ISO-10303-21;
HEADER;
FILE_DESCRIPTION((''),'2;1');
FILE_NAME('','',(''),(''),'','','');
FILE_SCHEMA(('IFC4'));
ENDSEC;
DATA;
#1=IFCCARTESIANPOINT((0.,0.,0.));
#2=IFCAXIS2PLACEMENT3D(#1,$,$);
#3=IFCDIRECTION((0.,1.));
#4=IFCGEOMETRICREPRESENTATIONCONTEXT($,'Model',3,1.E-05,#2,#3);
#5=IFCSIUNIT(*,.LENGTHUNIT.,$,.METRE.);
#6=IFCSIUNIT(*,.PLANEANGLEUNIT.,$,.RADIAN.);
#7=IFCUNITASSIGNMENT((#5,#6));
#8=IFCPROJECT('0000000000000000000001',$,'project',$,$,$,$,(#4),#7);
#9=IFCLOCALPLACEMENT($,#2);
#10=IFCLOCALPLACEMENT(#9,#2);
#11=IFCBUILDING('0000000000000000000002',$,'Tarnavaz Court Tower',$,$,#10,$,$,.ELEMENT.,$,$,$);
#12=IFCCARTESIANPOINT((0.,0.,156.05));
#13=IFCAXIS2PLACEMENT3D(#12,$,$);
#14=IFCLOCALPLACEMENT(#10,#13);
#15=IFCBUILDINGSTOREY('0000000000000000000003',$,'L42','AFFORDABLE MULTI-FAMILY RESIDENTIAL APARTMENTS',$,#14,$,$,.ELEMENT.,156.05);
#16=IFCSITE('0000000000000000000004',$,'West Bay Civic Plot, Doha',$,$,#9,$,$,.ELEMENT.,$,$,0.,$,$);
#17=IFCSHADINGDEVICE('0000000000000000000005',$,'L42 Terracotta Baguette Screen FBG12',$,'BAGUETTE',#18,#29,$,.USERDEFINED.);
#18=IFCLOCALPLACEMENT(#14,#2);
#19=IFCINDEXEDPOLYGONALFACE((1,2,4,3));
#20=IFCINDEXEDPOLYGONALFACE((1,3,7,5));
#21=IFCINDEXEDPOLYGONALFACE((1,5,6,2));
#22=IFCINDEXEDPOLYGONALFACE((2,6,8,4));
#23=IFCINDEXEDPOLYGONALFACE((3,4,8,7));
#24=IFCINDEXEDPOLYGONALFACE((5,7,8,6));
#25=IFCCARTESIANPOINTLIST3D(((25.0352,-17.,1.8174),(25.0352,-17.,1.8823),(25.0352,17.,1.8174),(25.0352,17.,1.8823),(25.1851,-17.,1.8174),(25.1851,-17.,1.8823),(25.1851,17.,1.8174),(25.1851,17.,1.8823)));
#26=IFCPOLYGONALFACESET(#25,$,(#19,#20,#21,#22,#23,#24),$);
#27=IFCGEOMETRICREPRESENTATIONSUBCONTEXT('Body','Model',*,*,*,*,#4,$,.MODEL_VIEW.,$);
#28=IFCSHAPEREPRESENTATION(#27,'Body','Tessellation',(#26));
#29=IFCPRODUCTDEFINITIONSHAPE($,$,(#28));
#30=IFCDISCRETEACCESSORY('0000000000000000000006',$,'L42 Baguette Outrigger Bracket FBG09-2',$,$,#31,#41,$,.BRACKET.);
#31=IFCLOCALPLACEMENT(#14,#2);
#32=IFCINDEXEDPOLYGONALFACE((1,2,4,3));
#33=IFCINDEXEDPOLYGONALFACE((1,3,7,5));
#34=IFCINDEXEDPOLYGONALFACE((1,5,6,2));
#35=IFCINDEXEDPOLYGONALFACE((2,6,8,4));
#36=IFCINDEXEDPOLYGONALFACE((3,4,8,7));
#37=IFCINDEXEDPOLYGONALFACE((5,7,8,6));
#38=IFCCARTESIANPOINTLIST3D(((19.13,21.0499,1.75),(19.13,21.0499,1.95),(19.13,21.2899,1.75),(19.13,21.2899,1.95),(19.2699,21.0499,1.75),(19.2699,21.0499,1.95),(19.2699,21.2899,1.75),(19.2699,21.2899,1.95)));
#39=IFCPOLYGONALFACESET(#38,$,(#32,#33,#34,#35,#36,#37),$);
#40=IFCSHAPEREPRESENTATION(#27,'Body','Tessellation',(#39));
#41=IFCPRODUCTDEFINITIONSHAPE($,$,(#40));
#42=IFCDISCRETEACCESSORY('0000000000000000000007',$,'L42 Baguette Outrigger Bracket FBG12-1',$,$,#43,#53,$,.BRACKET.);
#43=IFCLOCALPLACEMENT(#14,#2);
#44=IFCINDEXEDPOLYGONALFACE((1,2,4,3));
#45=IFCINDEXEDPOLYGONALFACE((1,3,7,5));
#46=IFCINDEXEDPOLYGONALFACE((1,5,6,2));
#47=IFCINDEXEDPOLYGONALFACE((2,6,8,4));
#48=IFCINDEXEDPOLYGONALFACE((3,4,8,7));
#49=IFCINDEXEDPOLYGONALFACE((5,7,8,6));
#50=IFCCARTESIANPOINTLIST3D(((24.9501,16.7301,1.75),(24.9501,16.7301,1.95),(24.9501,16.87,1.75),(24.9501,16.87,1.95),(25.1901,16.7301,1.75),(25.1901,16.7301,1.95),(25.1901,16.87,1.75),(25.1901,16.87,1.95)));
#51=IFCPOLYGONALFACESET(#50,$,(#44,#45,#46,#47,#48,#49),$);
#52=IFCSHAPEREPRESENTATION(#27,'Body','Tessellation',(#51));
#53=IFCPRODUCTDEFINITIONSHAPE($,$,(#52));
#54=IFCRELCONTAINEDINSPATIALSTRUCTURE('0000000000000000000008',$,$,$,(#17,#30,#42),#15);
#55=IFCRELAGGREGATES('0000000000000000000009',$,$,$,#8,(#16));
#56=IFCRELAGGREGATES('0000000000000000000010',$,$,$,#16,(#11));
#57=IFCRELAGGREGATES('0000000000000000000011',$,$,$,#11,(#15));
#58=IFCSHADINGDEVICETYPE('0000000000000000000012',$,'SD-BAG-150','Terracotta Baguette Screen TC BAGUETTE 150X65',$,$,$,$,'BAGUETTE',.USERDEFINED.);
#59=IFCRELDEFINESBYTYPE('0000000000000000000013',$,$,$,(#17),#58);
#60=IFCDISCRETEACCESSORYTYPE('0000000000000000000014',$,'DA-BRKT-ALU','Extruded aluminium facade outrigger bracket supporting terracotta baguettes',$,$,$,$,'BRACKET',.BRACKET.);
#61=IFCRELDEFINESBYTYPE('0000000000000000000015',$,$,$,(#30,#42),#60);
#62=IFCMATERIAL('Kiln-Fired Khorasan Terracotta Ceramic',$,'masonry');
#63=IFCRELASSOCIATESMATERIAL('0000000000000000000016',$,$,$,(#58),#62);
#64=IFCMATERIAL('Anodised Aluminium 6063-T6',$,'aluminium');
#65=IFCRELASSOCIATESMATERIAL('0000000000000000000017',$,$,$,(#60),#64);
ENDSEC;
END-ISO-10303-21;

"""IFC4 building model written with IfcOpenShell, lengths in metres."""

from ifc_helpers import new_model, si_unit, direction, frame, origin, origin_2d, place, context, subcontext, project, spatial, rectangle, extrude, material, material_profile, profile_set, type_object, element, save


model = new_model("IFC4")

# Units and contexts
model_context = context("Model", 3, precision=1e-05, world=origin(), true_north=direction((0.0, 1.0)))
body_context = subcontext(model_context, "Body", "Model", "MODEL_VIEW")
ifc_project = project(units=[si_unit("LENGTHUNIT", "METRE"), si_unit("PLANEANGLEUNIT", "RADIAN")], contexts=[model_context])

# Site, building, storey
site_placement = place(None, origin())
site = spatial("IfcSite", under=ifc_project, at=site_placement, Name="West Bay Civic Plot, Doha", CompositionType="ELEMENT", RefElevation=0.0)
building_placement = place(site_placement, origin())
building = spatial("IfcBuilding", under=site, at=building_placement, Name="Tarnavaz Court Tower", CompositionType="ELEMENT")
storey_placement = place(building_placement, frame((0.0, 0.0, 156.05)))
storey = spatial("IfcBuildingStorey", under=building, at=storey_placement, Name="L42", Description="AFFORDABLE MULTI-FAMILY RESIDENTIAL APARTMENTS", CompositionType="ELEMENT", Elevation=156.05)

# Shading device
ifc_material_1 = material(Name="Kiln-Fired Khorasan Terracotta Ceramic", Category="masonry")
ifc_material_profile_1 = material_profile(ifc_material_1, rectangle(XDim=0.1499, YDim=0.0649, at=origin_2d()), Name="TC BAGUETTE 150X65")
ifc_profile_set_1 = profile_set([ifc_material_profile_1], Name="Kiln-Fired Khorasan Terracotta Ceramic")
shading_device_type = type_object("IfcShadingDeviceType", Name="SD-BAG-150", Description="Terracotta Baguette Screen TC BAGUETTE 150X65", ElementType="BAGUETTE", PredefinedType="USERDEFINED", material=ifc_profile_set_1)
shading_device_placement = place(storey_placement, frame((25.1101, 17.0, 1.8499), z_axis=(0.0, -1.0, 0.0), x_axis=(1.0, 0.0, 0.0)))
element("IfcShadingDevice", 1, at=shading_device_placement, inside=storey, type_object=shading_device_type, Name="L42 Terracotta Baguette Screen FBG12", ObjectType="BAGUETTE", PredefinedType="USERDEFINED", context=body_context, shape_type="SweptSolid", body=[
    extrude(rectangle(XDim=0.1499, YDim=0.0649, at=origin_2d()), origin(), (0.0, 0.0, 1.0), 34.0),
])

# Discrete accessories
ifc_material_2 = material(Name="Anodised Aluminium 6063-T6", Category="aluminium")
discrete_accessory_type = type_object("IfcDiscreteAccessoryType", Name="DA-BRKT-ALU", Description="Extruded aluminium facade outrigger bracket supporting terracotta baguettes", ElementType="BRACKET", PredefinedType="BRACKET", material=ifc_material_2)
for number, where, z_axis, x_axis, name in (
    (2, (19.2, 21.1699, 1.75), (0.0, 0.0, 1.0), (1.0, 0.0, 0.0), "L42 Baguette Outrigger Bracket FBG09-2"),
    (3, (25.0701, 16.8, 1.75), (0.0, 0.0, 1.0), (0.0, -1.0, 0.0), "L42 Baguette Outrigger Bracket FBG12-1"),
):
    element("IfcDiscreteAccessory", number, at=place(storey_placement, frame(where, z_axis=z_axis, x_axis=x_axis)), inside=storey, type_object=discrete_accessory_type, Name=name, PredefinedType="BRACKET", context=body_context, shape_type="SweptSolid", body=[
        extrude(rectangle(XDim=0.1399, YDim=0.24, at=origin_2d()), origin(), (0.0, 0.0, 1.0), 0.2),
    ])

save(model, "model.ifc")
